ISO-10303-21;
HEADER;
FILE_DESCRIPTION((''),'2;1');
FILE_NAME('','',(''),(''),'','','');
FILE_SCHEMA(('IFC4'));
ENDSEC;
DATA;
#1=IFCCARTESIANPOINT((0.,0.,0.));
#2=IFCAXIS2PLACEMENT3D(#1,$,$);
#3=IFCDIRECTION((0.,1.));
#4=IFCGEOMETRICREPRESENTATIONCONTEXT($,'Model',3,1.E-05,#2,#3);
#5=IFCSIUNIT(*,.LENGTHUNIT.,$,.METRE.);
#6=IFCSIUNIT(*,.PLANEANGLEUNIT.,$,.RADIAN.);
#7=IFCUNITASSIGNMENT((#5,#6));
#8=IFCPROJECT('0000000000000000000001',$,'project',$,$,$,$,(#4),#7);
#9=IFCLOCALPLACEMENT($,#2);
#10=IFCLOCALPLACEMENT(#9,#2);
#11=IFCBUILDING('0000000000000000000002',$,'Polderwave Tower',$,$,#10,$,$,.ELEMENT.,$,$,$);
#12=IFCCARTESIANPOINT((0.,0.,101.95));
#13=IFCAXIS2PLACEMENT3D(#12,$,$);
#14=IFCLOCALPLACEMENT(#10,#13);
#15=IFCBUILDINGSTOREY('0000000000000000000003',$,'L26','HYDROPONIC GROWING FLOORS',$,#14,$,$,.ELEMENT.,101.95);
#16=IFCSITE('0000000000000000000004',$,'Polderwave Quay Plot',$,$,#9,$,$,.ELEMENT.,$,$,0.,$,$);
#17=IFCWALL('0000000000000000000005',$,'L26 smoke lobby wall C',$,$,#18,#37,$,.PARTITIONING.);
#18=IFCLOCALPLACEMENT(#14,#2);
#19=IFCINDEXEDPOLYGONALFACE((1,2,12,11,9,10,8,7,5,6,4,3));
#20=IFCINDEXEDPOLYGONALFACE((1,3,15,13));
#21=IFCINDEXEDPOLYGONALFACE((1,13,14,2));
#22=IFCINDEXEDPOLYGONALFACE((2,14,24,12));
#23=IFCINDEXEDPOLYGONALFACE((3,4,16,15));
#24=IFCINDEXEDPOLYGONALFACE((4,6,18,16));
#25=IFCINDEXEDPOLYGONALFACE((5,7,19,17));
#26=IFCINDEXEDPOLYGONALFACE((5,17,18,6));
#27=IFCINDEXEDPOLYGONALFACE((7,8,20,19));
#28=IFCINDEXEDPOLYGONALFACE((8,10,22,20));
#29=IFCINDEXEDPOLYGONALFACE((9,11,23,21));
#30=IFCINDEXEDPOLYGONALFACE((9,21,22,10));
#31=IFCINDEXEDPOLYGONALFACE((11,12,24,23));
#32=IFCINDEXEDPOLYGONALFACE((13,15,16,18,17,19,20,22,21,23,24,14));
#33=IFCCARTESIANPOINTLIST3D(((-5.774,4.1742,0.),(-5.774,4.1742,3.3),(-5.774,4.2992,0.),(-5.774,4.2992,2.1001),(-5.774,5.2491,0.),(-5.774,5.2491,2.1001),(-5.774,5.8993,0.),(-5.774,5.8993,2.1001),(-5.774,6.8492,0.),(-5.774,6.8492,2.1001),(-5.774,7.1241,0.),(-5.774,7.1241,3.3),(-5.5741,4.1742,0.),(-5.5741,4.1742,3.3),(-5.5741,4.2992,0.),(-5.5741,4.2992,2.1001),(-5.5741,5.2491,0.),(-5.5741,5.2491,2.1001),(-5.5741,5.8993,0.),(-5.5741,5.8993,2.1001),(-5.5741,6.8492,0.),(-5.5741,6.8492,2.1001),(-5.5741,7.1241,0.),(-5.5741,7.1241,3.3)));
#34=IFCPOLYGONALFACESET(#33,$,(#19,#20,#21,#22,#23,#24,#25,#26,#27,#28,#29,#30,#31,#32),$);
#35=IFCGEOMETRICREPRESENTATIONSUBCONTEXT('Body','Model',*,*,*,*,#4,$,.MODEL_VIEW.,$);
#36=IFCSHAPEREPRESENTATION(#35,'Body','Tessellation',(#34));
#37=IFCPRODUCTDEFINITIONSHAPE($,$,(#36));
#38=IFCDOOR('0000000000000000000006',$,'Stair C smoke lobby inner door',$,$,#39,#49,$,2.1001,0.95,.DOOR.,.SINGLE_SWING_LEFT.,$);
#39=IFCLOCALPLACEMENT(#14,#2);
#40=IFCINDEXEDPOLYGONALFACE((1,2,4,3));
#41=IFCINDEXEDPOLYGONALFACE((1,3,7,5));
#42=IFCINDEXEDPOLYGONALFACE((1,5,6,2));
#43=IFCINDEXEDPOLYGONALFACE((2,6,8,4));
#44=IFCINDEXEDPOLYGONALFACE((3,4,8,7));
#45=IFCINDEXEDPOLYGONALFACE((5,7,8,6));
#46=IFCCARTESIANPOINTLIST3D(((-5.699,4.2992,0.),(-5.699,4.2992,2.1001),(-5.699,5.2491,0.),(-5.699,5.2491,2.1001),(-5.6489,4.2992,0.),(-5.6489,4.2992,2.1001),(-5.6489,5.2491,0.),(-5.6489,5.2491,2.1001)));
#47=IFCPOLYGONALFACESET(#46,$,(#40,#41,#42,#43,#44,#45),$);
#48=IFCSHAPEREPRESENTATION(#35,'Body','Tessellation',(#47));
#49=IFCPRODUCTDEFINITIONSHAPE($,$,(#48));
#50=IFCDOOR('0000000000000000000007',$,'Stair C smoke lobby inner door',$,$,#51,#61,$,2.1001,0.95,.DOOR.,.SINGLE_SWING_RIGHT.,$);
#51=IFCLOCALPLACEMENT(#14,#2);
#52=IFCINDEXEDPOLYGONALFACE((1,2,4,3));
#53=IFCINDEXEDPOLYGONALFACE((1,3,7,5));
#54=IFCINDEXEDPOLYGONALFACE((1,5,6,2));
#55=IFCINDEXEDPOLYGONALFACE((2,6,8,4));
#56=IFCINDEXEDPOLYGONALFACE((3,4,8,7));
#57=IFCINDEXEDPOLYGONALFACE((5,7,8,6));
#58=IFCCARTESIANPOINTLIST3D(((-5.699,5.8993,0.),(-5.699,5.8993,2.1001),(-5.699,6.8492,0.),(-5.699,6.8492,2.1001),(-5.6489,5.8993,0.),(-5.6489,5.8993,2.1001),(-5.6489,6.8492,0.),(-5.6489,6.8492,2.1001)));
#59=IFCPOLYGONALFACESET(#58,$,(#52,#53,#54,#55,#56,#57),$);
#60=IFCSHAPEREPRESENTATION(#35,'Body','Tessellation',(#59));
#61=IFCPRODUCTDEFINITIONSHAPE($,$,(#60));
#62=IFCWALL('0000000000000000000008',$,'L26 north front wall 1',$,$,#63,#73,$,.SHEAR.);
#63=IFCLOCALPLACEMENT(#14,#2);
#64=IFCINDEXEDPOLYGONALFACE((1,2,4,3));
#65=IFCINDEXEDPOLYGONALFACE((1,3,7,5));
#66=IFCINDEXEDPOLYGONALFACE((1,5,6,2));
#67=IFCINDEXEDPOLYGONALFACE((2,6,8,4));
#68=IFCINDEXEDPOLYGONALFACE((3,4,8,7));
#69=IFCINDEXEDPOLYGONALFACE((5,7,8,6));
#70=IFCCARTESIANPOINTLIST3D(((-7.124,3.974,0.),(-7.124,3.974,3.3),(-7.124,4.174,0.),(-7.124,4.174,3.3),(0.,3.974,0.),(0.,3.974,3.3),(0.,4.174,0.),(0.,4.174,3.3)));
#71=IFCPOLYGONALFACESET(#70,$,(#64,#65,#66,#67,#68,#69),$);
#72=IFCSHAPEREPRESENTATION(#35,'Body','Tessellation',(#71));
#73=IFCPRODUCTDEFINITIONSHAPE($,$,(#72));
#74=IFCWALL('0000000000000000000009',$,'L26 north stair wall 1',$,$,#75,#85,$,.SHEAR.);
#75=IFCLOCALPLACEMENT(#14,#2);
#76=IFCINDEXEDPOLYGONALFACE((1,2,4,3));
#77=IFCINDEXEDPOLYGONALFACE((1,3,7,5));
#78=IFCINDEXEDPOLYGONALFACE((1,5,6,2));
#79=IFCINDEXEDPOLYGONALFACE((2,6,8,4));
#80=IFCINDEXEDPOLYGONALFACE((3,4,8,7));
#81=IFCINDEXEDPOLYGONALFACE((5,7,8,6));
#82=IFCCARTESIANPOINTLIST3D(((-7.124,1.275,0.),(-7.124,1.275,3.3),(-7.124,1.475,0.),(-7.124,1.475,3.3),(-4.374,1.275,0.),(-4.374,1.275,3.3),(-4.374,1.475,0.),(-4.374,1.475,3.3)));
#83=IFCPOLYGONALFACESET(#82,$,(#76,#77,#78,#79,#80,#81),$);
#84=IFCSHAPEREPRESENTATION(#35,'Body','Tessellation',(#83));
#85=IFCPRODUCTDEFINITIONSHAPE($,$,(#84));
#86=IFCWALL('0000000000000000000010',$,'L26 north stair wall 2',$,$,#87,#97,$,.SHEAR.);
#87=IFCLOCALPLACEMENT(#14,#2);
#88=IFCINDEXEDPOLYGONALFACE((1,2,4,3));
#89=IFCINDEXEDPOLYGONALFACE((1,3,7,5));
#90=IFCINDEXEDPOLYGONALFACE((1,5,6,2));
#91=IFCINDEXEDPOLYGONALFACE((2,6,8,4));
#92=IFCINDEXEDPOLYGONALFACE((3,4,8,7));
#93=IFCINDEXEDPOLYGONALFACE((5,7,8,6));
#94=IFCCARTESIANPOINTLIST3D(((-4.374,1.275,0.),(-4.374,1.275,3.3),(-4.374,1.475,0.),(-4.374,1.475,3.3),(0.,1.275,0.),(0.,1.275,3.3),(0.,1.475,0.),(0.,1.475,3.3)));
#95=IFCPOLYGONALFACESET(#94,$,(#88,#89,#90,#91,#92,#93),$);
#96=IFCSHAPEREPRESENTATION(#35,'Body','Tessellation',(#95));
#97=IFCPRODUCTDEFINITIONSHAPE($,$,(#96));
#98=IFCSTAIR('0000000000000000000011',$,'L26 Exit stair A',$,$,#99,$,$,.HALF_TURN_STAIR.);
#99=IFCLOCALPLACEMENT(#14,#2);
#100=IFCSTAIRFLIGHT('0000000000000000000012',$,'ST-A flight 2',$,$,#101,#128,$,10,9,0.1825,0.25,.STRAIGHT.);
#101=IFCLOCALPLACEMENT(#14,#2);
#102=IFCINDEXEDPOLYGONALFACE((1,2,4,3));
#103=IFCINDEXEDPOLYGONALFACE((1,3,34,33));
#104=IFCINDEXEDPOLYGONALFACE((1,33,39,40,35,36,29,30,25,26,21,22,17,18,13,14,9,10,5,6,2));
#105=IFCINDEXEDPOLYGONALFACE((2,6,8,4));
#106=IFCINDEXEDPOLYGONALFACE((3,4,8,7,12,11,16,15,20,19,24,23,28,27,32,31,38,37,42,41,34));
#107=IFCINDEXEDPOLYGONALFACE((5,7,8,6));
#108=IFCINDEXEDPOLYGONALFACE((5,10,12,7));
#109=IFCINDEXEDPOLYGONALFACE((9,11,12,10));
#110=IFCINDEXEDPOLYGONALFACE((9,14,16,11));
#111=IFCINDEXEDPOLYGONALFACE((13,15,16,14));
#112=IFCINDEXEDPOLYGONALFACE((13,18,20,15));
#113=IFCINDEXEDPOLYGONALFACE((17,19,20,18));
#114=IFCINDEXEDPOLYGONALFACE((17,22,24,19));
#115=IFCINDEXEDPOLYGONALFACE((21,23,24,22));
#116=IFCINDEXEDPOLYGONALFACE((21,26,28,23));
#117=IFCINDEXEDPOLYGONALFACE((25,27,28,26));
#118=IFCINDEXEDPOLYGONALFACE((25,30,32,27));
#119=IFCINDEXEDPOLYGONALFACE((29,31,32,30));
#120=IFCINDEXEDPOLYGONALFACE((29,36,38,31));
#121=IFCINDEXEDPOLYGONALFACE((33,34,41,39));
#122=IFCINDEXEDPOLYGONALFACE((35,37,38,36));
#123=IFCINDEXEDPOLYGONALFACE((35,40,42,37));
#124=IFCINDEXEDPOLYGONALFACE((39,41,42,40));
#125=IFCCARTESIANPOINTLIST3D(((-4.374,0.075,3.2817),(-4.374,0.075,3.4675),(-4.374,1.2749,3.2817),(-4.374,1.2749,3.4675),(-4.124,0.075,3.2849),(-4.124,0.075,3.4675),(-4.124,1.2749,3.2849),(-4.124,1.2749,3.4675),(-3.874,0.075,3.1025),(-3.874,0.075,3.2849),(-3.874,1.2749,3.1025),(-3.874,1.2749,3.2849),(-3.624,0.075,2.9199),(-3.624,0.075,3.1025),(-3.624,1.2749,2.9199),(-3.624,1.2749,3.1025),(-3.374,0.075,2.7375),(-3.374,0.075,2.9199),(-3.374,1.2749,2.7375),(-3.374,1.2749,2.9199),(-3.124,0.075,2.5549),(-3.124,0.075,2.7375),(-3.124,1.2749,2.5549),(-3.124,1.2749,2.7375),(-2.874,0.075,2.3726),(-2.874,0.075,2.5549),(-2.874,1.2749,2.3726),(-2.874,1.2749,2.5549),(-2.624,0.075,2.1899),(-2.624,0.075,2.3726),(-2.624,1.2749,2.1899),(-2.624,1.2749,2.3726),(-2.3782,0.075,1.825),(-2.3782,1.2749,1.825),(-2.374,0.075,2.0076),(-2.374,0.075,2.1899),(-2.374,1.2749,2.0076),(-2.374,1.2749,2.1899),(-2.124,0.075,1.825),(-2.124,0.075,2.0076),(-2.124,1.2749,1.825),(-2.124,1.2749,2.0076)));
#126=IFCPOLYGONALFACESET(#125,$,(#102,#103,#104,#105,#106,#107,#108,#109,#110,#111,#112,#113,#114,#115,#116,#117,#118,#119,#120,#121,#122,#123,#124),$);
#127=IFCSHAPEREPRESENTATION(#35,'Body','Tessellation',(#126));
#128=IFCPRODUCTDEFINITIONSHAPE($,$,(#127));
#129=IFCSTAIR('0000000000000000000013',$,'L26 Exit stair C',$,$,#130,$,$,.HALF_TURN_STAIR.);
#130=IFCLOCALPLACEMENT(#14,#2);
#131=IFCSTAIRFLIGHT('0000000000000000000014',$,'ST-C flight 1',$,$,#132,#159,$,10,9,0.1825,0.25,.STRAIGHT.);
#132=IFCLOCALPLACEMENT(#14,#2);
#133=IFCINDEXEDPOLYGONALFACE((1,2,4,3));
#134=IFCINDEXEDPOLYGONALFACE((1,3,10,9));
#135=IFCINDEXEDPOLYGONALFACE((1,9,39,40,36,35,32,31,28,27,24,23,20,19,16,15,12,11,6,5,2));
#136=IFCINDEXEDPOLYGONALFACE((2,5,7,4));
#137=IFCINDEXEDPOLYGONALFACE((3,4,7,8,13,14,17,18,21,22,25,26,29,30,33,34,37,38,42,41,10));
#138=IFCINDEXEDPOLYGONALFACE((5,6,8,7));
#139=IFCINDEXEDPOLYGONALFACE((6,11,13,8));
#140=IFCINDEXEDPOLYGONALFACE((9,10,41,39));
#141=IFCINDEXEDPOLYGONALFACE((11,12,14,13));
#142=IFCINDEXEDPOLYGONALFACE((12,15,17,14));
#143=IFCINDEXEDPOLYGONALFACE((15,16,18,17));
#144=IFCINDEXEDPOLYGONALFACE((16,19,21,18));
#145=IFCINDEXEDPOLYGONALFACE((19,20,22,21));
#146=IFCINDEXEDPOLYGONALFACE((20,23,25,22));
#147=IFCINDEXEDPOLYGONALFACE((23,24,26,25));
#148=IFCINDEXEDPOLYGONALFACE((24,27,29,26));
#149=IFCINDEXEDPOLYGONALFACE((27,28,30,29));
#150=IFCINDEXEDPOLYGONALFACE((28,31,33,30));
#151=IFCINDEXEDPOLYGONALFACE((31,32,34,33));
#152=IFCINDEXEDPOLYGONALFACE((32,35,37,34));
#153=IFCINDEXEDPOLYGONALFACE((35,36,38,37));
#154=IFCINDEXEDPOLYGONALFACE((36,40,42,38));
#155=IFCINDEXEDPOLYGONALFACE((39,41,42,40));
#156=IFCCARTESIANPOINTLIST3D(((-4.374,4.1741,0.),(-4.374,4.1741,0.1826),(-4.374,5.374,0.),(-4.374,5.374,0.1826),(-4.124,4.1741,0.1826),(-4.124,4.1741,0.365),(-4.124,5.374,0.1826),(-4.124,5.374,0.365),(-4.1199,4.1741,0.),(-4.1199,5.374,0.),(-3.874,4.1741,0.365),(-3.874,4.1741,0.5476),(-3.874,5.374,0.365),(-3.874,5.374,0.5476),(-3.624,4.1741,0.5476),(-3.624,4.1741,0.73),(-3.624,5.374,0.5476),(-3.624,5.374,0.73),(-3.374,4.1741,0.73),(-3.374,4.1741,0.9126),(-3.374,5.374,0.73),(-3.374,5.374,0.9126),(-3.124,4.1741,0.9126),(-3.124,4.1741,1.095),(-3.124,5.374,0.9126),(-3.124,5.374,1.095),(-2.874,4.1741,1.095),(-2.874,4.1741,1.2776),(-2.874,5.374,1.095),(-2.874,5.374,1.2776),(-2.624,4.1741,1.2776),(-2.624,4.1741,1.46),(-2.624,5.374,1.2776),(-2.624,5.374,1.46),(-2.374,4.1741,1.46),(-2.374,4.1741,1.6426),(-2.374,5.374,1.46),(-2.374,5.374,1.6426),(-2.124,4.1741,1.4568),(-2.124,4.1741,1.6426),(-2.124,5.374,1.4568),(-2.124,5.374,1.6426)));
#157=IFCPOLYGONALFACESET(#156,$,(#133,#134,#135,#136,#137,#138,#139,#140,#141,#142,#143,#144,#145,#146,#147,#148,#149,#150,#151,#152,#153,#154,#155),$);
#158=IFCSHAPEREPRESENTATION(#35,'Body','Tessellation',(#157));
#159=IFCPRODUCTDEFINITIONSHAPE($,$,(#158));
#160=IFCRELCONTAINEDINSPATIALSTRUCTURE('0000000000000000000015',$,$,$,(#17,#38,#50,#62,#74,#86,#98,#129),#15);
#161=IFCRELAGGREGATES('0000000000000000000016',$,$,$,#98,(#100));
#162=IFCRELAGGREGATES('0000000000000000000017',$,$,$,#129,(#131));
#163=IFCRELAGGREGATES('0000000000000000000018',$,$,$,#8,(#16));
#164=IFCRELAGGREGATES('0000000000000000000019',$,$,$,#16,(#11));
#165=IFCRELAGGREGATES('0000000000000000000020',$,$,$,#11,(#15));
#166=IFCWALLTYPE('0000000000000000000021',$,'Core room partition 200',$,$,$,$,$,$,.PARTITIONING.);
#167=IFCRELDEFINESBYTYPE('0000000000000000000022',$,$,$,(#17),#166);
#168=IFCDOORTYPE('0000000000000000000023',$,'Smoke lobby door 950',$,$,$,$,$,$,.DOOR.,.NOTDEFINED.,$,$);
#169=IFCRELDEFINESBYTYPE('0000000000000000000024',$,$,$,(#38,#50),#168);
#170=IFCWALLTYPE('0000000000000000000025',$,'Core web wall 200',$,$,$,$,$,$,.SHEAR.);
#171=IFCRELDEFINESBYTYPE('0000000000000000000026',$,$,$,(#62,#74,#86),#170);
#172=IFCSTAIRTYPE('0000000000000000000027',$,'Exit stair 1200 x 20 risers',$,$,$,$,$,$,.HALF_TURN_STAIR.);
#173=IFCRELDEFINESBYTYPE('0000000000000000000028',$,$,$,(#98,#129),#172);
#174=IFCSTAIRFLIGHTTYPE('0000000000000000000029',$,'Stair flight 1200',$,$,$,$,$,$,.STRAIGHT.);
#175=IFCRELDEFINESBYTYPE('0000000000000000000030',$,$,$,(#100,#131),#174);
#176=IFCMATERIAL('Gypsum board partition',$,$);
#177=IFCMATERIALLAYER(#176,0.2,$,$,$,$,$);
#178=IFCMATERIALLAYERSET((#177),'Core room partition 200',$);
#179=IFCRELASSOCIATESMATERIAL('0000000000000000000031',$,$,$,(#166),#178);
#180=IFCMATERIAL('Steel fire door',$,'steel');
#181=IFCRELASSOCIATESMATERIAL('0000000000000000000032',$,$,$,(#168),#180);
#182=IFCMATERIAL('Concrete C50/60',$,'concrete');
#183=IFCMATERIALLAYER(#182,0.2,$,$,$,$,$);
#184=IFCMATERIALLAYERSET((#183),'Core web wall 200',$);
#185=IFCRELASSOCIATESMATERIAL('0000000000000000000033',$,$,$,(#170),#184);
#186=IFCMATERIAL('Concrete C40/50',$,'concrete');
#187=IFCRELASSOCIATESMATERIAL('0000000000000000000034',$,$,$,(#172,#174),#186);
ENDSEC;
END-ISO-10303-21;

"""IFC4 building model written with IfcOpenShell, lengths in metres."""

from ifc_helpers import new_model, si_unit, direction, frame, frame_2d, origin, place, context, subcontext, project, spatial, polyline, rectangle, outline, extrude, material, layer, layer_set, type_object, element, fill, aggregate, save


model = new_model("IFC4")

# Units and contexts
model_context = context("Model", 3, precision=1e-05, world=origin(), true_north=direction((0.0, 1.0)))
body_context = subcontext(model_context, "Body", "Model", "MODEL_VIEW")
ifc_project = project(units=[si_unit("LENGTHUNIT", "METRE"), si_unit("PLANEANGLEUNIT", "RADIAN")], contexts=[model_context])

# Site, building, storey
site_placement = place(None, origin())
site = spatial("IfcSite", under=ifc_project, at=site_placement, Name="Polderwave Quay Plot", CompositionType="ELEMENT", RefElevation=0.0)
building_placement = place(site_placement, origin())
building = spatial("IfcBuilding", under=site, at=building_placement, Name="Polderwave Tower", CompositionType="ELEMENT")
storey_placement = place(building_placement, frame((0.0, 0.0, 101.95)))
storey = spatial("IfcBuildingStorey", under=building, at=storey_placement, Name="L26", Description="HYDROPONIC GROWING FLOORS", CompositionType="ELEMENT", Elevation=101.95)

# Wall, openings, doors
ifc_material_1 = material(Name="Gypsum board partition")
ifc_layer_1 = layer(ifc_material_1, 0.2)
ifc_layer_set_1 = layer_set([ifc_layer_1], Name="Core room partition 200")
wall_type_1 = type_object("IfcWallType", Name="Core room partition 200", PredefinedType="PARTITIONING", material=ifc_layer_set_1)
wall_1_placement = place(storey_placement, frame((-5.6741, 4.1741, 0.0), z_axis=(0.0, 0.0, 1.0), x_axis=(0.0, 1.0, 0.0)))
wall_1 = element("IfcWall", 1, at=wall_1_placement, inside=storey, type_object=wall_type_1, Name="L26 smoke lobby wall C", PredefinedType="PARTITIONING", context=body_context, shape_type="SweptSolid", body=[
    extrude(rectangle(XDim=2.95, YDim=0.2, at=frame_2d((1.4751, 0.0))), origin(), (0.0, 0.0, 1.0), 3.3),
])
opening_1_placement = place(wall_1_placement, frame((0.125, 0.0, 0.0)))
opening_1 = element("IfcOpeningElement", 2, at=opening_1_placement, cuts=wall_1, PredefinedType="OPENING", context=body_context, shape_type="SweptSolid", body=[
    extrude(rectangle(XDim=0.95, YDim=2.1001, at=frame_2d((0.4751, 1.05))), frame((0.0, 0.1099, 0.0), z_axis=(0.0, -1.0, 0.0), x_axis=(1.0, 0.0, 0.0)), (0.0, 0.0, 1.0), 0.22),
])
opening_2_placement = place(wall_1_placement, frame((1.7251, 0.0, 0.0)))
opening_2 = element("IfcOpeningElement", 3, at=opening_2_placement, cuts=wall_1, PredefinedType="OPENING", context=body_context, shape_type="SweptSolid", body=[
    extrude(rectangle(XDim=0.95, YDim=2.1001, at=frame_2d((0.4751, 1.05))), frame((0.0, 0.1099, 0.0), z_axis=(0.0, -1.0, 0.0), x_axis=(1.0, 0.0, 0.0)), (0.0, 0.0, 1.0), 0.22),
])
ifc_material_2 = material(Name="Steel fire door", Category="steel")
door_type = type_object("IfcDoorType", Name="Smoke lobby door 950", OperationType="NOTDEFINED", PredefinedType="DOOR", material=ifc_material_2)
door_1_placement = place(opening_1_placement, origin())
door_1 = element("IfcDoor", 4, at=door_1_placement, inside=storey, type_object=door_type, Name="Stair C smoke lobby inner door", OperationType="SINGLE_SWING_LEFT", OverallHeight=2.1001, OverallWidth=0.95, PredefinedType="DOOR", context=body_context, shape_type="SweptSolid", body=[
    extrude(rectangle(XDim=0.95, YDim=2.1001, at=frame_2d((0.4751, 1.05))), frame((0.0, 0.0249, 0.0), z_axis=(0.0, -1.0, 0.0), x_axis=(1.0, 0.0, 0.0)), (0.0, 0.0, 1.0), 0.05),
])
fill(opening_1, door_1)
door_2_placement = place(opening_2_placement, origin())
door_2 = element("IfcDoor", 5, at=door_2_placement, inside=storey, type_object=door_type, Name="Stair C smoke lobby inner door", OperationType="SINGLE_SWING_RIGHT", OverallHeight=2.1001, OverallWidth=0.95, PredefinedType="DOOR", context=body_context, shape_type="SweptSolid", body=[
    extrude(rectangle(XDim=0.95, YDim=2.1001, at=frame_2d((0.4751, 1.05))), frame((0.0, 0.0249, 0.0), z_axis=(0.0, -1.0, 0.0), x_axis=(1.0, 0.0, 0.0)), (0.0, 0.0, 1.0), 0.05),
])
fill(opening_2, door_2)

# Walls
ifc_material_3 = material(Name="Concrete C50/60", Category="concrete")
ifc_layer_2 = layer(ifc_material_3, 0.2)
ifc_layer_set_2 = layer_set([ifc_layer_2], Name="Core web wall 200")
wall_type_2 = type_object("IfcWallType", Name="Core web wall 200", PredefinedType="SHEAR", material=ifc_layer_set_2)
wall_2_placement = place(storey_placement, frame((-7.124, 4.074, 0.0), z_axis=(0.0, 0.0, 1.0), x_axis=(1.0, 0.0, 0.0)))
element("IfcWall", 6, at=wall_2_placement, inside=storey, type_object=wall_type_2, Name="L26 north front wall 1", PredefinedType="SHEAR", context=body_context, shape_type="SweptSolid", body=[
    extrude(rectangle(XDim=7.124, YDim=0.2, at=frame_2d((3.562, 0.0))), origin(), (0.0, 0.0, 1.0), 3.3),
])
wall_3_placement = place(storey_placement, frame((-7.124, 1.375, 0.0), z_axis=(0.0, 0.0, 1.0), x_axis=(1.0, 0.0, 0.0)))
element("IfcWall", 7, at=wall_3_placement, inside=storey, type_object=wall_type_2, Name="L26 north stair wall 1", PredefinedType="SHEAR", context=body_context, shape_type="SweptSolid", body=[
    extrude(rectangle(XDim=2.75, YDim=0.2, at=frame_2d((1.375, 0.0))), origin(), (0.0, 0.0, 1.0), 3.3),
])
wall_4_placement = place(storey_placement, frame((-4.374, 1.375, 0.0), z_axis=(0.0, 0.0, 1.0), x_axis=(1.0, 0.0, 0.0)))
element("IfcWall", 8, at=wall_4_placement, inside=storey, type_object=wall_type_2, Name="L26 north stair wall 2", PredefinedType="SHEAR", context=body_context, shape_type="SweptSolid", body=[
    extrude(rectangle(XDim=4.374, YDim=0.2, at=frame_2d((2.187, 0.0))), origin(), (0.0, 0.0, 1.0), 3.3),
])

# Stair, stair flight
ifc_material_4 = material(Name="Concrete C40/50", Category="concrete")
stair_type = type_object("IfcStairType", Name="Exit stair 1200 x 20 risers", PredefinedType="HALF_TURN_STAIR", material=ifc_material_4)
stair_1_placement = place(storey_placement, origin())
stair_1 = element("IfcStair", 9, at=stair_1_placement, inside=storey, type_object=stair_type, Name="L26 Exit stair A", PredefinedType="HALF_TURN_STAIR")
stair_flight_type = type_object("IfcStairFlightType", Name="Stair flight 1200", PredefinedType="STRAIGHT", material=ifc_material_4)
stair_flight_1_placement = place(storey_placement, frame((-2.124, 0.675, 1.825), z_axis=(0.0, 0.0, 1.0), x_axis=(-1.0, 0.0, 0.0)))
stair_flight_1 = element("IfcStairFlight", 10, at=stair_flight_1_placement, type_object=stair_flight_type, Name="ST-A flight 2", NumberOfRisers=10, NumberOfTreads=9, PredefinedType="STRAIGHT", RiserHeight=0.1825, TreadLength=0.25, context=body_context, shape_type="SweptSolid", body=[
    extrude(outline(polyline([(0.0, 0.0), (0.0, 0.1826), (0.25, 0.1826), (0.25, 0.365), (0.5, 0.365), (0.5, 0.5476), (0.75, 0.5476), (0.75, 0.73), (1.0, 0.73), (1.0, 0.9126), (1.25, 0.9126), (1.25, 1.095), (1.5, 1.095), (1.5, 1.2776), (1.75, 1.2776), (1.75, 1.46), (2.0, 1.46), (2.0, 1.6426), (2.25, 1.6426), (2.25, 1.825), (2.25, 1.4568), (0.2542, 0.0), (0.0, 0.0)])), frame((0.0, 0.6001, 0.0), z_axis=(0.0, -1.0, 0.0), x_axis=(1.0, 0.0, 0.0)), (0.0, 0.0, 1.0), 1.2),
])
aggregate(stair_1, [stair_flight_1])

# Stair, stair flight
stair_2_placement = place(storey_placement, origin())
stair_2 = element("IfcStair", 11, at=stair_2_placement, inside=storey, type_object=stair_type, Name="L26 Exit stair C", PredefinedType="HALF_TURN_STAIR")
stair_flight_2_placement = place(storey_placement, frame((-4.374, 4.7739, 0.0), z_axis=(0.0, 0.0, 1.0), x_axis=(1.0, 0.0, 0.0)))
stair_flight_2 = element("IfcStairFlight", 12, at=stair_flight_2_placement, type_object=stair_flight_type, Name="ST-C flight 1", NumberOfRisers=10, NumberOfTreads=9, PredefinedType="STRAIGHT", RiserHeight=0.1825, TreadLength=0.25, context=body_context, shape_type="SweptSolid", body=[
    extrude(outline(polyline([(0.0, 0.0), (0.0, 0.1826), (0.25, 0.1826), (0.25, 0.365), (0.5, 0.365), (0.5, 0.5476), (0.75, 0.5476), (0.75, 0.73), (1.0, 0.73), (1.0, 0.9126), (1.25, 0.9126), (1.25, 1.095), (1.5, 1.095), (1.5, 1.2776), (1.75, 1.2776), (1.75, 1.46), (2.0, 1.46), (2.0, 1.6426), (2.25, 1.6426), (2.25, 1.825), (2.25, 1.4568), (0.2542, 0.0), (0.0, 0.0)])), frame((0.0, 0.6001, 0.0), z_axis=(0.0, -1.0, 0.0), x_axis=(1.0, 0.0, 0.0)), (0.0, 0.0, 1.0), 1.2),
])
aggregate(stair_2, [stair_flight_2])

save(model, "model.ifc")
